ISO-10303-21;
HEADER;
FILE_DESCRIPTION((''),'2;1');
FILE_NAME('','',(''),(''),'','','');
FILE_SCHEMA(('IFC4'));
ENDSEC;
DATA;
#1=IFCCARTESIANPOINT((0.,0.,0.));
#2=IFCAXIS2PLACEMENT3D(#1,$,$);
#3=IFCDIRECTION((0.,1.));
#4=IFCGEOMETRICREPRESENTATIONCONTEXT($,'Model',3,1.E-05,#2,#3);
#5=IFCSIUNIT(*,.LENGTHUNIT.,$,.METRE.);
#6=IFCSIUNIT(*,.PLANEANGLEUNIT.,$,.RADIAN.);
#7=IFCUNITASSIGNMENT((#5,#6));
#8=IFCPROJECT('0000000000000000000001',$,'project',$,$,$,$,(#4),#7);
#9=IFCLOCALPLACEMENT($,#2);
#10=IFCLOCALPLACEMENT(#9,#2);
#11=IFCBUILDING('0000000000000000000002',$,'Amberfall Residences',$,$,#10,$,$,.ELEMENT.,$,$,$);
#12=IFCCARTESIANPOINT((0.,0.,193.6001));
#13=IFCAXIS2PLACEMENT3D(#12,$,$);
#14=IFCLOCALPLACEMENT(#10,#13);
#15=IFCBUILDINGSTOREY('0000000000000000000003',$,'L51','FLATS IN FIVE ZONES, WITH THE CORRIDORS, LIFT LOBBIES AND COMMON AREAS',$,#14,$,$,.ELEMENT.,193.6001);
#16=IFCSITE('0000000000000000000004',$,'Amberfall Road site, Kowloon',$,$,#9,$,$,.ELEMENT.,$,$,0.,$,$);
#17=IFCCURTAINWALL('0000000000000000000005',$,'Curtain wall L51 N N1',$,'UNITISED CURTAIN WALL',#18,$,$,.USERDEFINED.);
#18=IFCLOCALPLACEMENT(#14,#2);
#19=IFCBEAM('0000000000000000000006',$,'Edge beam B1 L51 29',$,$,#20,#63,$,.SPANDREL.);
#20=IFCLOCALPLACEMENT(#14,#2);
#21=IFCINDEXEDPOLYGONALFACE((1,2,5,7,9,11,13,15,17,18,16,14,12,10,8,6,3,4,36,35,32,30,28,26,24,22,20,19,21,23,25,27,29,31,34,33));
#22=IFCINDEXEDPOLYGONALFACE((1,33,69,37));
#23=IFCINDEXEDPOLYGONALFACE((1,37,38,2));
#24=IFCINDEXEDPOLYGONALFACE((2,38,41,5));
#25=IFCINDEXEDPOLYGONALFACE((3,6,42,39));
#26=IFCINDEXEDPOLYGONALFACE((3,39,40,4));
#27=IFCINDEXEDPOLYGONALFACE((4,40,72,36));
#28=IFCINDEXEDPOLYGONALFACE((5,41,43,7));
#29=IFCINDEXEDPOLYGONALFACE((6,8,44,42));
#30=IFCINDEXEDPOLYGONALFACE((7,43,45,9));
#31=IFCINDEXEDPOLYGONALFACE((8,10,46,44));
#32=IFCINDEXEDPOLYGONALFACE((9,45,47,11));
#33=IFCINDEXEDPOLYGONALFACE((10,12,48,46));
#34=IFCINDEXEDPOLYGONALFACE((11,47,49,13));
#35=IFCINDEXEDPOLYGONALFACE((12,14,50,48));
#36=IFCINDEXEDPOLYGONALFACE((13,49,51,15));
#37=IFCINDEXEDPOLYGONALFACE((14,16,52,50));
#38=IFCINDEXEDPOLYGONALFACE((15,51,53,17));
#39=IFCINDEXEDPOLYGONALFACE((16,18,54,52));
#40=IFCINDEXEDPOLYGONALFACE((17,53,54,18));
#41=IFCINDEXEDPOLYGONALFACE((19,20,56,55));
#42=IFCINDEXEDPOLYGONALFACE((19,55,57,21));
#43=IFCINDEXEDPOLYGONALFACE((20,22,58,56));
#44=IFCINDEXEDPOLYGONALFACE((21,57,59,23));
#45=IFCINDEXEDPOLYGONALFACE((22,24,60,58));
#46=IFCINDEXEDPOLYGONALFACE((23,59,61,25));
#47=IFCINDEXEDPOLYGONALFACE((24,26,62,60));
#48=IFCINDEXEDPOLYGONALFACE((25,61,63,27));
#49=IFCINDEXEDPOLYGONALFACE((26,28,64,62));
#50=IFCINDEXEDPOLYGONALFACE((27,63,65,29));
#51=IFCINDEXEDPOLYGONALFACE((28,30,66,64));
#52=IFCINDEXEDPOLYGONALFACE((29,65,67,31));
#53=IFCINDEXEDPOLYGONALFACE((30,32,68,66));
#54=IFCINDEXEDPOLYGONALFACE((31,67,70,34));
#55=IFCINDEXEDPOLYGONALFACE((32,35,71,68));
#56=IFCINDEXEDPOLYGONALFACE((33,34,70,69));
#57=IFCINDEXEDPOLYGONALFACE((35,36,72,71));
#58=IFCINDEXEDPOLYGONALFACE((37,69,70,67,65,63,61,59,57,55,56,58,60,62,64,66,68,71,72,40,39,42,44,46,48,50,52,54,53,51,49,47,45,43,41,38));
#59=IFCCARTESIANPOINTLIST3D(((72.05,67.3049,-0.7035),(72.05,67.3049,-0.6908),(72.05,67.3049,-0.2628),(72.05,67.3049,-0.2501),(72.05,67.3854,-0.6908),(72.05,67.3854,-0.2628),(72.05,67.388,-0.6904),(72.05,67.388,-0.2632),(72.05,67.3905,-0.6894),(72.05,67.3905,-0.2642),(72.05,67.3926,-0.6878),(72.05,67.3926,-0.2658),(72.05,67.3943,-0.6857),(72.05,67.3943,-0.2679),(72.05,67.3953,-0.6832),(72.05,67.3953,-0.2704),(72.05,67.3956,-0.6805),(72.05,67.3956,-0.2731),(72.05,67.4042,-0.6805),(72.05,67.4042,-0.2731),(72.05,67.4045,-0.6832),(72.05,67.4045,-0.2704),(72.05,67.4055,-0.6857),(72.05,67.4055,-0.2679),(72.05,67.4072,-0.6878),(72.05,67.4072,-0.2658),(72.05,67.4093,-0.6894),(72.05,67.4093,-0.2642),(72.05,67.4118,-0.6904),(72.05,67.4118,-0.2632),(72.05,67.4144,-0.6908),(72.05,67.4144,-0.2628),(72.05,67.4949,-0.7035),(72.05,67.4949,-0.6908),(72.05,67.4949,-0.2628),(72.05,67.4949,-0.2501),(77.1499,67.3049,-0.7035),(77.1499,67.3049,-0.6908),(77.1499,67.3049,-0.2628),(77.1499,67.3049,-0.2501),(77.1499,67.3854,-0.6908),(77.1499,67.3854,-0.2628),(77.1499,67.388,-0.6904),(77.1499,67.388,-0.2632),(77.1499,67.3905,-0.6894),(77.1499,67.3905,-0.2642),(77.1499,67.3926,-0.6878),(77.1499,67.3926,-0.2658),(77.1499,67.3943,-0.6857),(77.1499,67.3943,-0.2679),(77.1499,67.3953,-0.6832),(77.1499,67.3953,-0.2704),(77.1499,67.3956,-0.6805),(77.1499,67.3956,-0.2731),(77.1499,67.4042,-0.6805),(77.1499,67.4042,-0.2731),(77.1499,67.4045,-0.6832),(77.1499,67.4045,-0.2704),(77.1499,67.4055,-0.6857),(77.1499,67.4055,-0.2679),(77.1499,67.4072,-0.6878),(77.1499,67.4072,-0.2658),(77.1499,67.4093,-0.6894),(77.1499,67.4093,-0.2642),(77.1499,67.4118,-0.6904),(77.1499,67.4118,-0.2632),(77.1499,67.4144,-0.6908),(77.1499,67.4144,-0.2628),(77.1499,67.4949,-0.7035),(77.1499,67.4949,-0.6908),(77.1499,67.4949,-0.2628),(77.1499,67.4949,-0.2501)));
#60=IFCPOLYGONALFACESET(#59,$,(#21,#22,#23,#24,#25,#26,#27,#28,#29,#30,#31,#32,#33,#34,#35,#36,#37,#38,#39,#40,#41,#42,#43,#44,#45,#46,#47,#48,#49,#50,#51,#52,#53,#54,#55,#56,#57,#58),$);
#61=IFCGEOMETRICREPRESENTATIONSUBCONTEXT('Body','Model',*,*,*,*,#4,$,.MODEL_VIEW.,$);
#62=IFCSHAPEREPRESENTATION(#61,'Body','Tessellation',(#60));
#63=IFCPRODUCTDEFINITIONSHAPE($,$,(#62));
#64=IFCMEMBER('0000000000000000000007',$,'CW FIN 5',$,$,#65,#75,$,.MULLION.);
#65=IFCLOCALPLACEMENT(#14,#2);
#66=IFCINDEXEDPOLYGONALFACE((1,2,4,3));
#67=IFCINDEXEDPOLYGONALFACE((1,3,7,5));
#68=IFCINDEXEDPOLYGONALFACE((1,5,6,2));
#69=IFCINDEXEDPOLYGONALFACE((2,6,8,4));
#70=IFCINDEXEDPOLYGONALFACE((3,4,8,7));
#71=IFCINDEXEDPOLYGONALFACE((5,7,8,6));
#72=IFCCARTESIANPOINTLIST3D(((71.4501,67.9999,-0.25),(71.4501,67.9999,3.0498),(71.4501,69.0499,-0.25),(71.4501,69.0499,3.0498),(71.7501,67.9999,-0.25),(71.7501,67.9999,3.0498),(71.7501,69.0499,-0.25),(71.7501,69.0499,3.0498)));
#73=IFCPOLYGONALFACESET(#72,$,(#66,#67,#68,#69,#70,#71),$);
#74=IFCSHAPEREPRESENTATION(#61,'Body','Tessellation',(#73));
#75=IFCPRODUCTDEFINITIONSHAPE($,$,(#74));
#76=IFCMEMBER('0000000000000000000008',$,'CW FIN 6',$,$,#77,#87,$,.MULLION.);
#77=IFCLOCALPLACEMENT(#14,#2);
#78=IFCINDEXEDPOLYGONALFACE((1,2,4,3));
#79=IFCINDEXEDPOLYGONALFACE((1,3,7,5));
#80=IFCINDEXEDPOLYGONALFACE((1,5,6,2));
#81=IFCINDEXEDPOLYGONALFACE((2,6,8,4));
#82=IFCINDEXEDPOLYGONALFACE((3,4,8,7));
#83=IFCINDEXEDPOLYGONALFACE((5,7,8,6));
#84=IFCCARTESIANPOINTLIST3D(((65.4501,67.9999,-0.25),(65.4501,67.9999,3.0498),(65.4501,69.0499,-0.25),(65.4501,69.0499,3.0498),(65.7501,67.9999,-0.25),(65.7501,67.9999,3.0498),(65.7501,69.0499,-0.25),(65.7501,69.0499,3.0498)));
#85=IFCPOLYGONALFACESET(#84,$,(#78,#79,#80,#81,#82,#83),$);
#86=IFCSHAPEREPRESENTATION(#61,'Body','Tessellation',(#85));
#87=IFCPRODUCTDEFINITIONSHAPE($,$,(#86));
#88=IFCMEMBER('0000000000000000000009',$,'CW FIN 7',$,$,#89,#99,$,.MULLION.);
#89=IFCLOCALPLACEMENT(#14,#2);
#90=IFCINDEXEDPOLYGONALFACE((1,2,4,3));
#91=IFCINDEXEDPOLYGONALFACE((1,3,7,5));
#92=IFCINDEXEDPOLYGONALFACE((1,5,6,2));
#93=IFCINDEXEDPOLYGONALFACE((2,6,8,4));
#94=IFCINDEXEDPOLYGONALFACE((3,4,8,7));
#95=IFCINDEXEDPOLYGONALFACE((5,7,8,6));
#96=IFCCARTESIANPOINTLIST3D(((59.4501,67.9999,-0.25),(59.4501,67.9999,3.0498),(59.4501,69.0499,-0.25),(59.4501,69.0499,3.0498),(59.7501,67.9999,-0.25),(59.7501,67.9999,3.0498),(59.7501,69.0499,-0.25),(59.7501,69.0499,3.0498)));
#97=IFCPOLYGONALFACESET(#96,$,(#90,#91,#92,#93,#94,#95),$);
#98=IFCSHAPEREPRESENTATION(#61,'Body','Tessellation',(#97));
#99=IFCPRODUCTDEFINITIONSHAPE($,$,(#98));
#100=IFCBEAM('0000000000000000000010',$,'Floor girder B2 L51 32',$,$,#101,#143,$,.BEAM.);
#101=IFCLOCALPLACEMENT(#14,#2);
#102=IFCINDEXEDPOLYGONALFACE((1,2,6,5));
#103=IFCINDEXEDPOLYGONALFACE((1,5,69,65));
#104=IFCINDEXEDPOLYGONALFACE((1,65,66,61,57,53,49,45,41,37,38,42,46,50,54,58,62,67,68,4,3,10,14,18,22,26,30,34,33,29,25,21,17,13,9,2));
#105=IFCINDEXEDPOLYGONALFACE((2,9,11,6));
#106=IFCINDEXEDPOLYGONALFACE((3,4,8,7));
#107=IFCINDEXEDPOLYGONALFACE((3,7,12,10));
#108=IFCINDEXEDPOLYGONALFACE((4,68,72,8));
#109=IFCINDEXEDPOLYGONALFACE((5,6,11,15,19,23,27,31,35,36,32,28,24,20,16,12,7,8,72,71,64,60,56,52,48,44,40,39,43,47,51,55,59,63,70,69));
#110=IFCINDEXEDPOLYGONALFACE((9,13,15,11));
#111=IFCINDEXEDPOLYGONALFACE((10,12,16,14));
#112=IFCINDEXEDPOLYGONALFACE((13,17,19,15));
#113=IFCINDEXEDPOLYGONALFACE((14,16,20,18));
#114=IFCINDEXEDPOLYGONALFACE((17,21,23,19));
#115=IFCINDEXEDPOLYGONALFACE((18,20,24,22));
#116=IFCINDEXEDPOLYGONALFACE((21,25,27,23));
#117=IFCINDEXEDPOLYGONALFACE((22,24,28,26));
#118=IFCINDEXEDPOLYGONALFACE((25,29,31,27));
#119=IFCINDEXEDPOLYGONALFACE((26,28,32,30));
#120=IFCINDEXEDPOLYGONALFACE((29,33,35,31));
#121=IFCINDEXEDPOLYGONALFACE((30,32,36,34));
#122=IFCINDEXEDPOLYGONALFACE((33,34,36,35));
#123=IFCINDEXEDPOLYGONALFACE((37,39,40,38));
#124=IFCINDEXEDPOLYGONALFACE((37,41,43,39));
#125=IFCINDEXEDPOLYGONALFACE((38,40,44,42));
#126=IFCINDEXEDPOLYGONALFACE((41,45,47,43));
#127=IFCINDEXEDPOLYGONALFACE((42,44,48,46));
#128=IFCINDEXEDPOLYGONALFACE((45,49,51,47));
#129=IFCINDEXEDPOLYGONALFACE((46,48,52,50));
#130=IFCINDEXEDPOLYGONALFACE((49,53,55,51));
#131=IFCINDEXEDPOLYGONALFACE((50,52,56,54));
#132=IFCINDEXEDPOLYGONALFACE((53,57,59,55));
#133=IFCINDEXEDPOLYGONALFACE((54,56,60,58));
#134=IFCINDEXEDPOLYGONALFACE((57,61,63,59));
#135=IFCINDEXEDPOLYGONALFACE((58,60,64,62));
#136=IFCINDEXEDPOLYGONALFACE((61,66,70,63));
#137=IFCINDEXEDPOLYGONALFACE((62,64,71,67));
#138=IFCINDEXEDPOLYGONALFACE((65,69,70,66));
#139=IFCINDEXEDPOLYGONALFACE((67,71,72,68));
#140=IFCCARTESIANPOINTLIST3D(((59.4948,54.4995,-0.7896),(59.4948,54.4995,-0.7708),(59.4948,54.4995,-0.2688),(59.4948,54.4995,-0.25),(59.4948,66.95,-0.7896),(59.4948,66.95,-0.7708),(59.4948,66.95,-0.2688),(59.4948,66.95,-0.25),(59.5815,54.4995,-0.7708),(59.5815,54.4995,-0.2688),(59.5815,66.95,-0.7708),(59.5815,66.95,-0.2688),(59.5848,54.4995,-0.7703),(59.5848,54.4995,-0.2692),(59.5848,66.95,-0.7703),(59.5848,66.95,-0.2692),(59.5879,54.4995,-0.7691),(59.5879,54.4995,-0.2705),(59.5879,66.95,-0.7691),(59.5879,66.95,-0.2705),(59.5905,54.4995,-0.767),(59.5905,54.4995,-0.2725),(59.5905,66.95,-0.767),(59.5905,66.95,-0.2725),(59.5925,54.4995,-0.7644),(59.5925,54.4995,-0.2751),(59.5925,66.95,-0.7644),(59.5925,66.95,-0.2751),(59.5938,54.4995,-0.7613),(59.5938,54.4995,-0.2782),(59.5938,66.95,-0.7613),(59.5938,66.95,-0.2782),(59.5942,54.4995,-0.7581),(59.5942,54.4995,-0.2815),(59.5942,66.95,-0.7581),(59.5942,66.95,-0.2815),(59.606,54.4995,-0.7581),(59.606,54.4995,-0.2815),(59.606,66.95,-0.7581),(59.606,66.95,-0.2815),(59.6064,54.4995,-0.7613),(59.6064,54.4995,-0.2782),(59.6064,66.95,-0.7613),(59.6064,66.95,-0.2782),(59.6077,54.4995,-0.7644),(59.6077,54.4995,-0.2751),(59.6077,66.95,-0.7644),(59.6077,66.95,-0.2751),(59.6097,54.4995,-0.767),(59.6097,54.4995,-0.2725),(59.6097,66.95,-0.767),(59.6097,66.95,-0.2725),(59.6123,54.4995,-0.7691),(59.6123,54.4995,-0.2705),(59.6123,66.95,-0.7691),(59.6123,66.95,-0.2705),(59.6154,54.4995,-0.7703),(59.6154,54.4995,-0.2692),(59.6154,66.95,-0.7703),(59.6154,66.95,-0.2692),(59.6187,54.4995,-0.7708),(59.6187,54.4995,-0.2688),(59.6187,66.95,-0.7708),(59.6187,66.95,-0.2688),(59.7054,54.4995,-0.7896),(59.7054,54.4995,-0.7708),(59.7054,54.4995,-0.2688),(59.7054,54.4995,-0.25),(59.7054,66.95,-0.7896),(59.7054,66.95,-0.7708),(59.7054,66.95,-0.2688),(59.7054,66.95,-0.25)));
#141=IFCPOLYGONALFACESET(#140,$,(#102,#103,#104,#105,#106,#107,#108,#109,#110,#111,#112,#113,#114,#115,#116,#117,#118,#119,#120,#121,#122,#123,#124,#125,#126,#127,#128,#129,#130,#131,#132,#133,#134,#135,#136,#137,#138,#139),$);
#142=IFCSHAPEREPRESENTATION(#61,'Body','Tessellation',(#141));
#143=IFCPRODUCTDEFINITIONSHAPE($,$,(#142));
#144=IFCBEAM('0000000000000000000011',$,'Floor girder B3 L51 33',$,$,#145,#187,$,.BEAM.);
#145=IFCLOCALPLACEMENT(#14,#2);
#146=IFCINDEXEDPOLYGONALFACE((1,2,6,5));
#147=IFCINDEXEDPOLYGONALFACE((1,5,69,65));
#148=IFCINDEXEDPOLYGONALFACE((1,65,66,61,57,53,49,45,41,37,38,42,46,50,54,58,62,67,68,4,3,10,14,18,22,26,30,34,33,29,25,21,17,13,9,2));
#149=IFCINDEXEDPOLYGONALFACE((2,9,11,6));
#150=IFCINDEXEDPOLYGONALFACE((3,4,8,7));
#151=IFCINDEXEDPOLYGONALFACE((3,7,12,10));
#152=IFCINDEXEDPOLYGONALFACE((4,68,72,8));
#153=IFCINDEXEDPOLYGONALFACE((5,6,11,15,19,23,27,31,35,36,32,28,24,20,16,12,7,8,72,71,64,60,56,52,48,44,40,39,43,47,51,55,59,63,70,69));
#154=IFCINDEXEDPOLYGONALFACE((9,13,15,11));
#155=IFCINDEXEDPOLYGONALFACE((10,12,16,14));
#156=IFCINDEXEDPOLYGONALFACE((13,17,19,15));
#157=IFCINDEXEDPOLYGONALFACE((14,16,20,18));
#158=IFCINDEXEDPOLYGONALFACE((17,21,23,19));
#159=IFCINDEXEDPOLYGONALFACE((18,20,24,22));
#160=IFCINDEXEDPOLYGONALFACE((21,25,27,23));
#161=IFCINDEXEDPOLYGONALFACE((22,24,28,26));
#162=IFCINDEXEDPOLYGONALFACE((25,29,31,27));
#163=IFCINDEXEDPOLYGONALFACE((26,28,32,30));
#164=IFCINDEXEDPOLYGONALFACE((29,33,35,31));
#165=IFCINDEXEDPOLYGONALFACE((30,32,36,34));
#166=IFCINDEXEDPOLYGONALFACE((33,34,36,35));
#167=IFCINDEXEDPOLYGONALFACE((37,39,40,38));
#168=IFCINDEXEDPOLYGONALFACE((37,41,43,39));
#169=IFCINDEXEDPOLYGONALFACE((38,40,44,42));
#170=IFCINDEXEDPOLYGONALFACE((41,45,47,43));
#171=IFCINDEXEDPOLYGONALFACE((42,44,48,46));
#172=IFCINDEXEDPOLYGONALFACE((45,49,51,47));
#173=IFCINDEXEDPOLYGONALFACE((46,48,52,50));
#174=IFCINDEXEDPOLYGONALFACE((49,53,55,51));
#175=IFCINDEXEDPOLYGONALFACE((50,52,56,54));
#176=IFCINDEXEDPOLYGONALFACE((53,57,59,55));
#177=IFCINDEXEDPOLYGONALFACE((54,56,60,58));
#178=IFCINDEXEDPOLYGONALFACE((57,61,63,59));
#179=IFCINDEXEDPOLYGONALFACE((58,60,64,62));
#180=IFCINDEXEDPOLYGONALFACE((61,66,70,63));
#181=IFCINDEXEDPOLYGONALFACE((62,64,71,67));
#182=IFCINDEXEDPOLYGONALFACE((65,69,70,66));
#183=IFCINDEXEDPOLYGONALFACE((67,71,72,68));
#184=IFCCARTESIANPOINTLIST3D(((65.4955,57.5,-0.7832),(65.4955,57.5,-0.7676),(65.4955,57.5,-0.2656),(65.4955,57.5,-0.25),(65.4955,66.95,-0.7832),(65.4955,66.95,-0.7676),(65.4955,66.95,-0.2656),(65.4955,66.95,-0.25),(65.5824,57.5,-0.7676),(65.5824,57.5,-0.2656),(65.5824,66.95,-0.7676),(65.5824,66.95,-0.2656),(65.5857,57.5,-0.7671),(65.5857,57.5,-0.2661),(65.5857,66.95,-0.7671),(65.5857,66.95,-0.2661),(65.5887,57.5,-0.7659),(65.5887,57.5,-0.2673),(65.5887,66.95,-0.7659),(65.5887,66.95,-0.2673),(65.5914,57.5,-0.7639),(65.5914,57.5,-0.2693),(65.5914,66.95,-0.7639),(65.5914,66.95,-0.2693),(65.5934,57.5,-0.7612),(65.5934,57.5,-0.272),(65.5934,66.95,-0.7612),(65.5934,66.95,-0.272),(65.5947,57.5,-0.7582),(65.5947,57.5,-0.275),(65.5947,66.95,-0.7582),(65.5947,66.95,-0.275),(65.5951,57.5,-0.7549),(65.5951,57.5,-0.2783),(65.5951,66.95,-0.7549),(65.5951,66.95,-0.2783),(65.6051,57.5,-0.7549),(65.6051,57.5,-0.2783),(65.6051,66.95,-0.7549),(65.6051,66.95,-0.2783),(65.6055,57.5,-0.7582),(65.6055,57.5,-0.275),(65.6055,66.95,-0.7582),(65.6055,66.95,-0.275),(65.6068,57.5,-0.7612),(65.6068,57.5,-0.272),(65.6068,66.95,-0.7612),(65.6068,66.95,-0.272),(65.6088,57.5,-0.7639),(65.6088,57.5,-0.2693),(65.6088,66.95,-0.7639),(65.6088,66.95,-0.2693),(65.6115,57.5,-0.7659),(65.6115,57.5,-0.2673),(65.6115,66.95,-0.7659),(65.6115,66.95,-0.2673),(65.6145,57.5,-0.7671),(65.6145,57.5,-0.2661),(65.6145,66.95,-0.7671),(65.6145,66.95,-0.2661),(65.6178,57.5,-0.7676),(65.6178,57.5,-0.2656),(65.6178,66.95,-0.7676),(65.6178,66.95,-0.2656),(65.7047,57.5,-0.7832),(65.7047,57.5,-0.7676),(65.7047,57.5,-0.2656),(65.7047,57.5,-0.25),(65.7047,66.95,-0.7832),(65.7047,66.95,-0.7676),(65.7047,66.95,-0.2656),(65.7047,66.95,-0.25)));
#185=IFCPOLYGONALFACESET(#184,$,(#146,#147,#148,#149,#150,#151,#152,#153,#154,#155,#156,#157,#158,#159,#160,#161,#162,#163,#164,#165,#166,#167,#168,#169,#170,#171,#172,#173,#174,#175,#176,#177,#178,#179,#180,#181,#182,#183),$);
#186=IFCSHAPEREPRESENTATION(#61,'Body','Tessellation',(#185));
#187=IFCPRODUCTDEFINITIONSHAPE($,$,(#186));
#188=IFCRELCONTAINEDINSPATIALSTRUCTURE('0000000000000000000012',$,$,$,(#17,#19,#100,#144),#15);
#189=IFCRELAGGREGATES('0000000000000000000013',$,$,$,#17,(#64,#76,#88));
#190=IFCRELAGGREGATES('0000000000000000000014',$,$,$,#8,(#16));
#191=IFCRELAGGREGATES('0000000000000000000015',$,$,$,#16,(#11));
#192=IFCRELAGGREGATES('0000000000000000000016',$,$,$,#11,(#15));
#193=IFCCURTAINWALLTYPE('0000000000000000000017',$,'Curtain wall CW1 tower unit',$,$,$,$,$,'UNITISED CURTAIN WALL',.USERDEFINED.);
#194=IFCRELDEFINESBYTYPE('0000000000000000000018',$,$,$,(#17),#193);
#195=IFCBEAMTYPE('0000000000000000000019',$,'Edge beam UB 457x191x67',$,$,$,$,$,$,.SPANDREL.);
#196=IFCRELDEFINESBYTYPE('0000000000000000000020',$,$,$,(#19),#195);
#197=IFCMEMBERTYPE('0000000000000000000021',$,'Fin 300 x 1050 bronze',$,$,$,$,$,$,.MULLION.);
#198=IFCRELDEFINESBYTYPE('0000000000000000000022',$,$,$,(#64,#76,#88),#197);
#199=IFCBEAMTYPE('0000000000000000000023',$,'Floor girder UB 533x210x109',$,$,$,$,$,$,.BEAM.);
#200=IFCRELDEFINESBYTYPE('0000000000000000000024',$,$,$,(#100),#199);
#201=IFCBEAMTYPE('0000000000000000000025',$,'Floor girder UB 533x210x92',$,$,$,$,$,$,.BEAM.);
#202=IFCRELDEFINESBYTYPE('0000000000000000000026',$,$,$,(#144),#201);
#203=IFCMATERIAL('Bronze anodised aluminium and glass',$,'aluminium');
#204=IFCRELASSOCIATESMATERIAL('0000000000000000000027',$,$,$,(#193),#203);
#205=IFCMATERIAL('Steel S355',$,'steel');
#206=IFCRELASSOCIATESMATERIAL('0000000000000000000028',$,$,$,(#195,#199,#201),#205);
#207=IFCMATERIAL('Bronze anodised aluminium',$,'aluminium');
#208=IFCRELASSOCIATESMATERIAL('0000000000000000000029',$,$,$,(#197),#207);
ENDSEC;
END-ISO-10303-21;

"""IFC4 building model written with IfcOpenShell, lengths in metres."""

from ifc_helpers import new_model, si_unit, direction, frame, origin, origin_2d, place, context, subcontext, project, spatial, rectangle, i_section, extrude, material, material_profile, profile_set, type_object, element, aggregate, save


model = new_model("IFC4")

# Units and contexts
model_context = context("Model", 3, precision=1e-05, world=origin(), true_north=direction((0.0, 1.0)))
body_context = subcontext(model_context, "Body", "Model", "MODEL_VIEW")
ifc_project = project(units=[si_unit("LENGTHUNIT", "METRE"), si_unit("PLANEANGLEUNIT", "RADIAN")], contexts=[model_context])

# Site, building, storey
site_placement = place(None, origin())
site = spatial("IfcSite", under=ifc_project, at=site_placement, Name="Amberfall Road site, Kowloon", CompositionType="ELEMENT", RefElevation=0.0)
building_placement = place(site_placement, origin())
building = spatial("IfcBuilding", under=site, at=building_placement, Name="Amberfall Residences", CompositionType="ELEMENT")
storey_placement = place(building_placement, frame((0.0, 0.0, 193.6001)))
storey = spatial("IfcBuildingStorey", under=building, at=storey_placement, Name="L51", Description="FLATS IN FIVE ZONES, WITH THE CORRIDORS, LIFT LOBBIES AND COMMON AREAS", CompositionType="ELEMENT", Elevation=193.6001)

# Curtain wall
ifc_material_1 = material(Name="Bronze anodised aluminium and glass", Category="aluminium")
curtain_wall_type = type_object("IfcCurtainWallType", Name="Curtain wall CW1 tower unit", ElementType="UNITISED CURTAIN WALL", PredefinedType="USERDEFINED", material=ifc_material_1)
curtain_wall_placement = place(storey_placement, origin())
curtain_wall = element("IfcCurtainWall", 1, at=curtain_wall_placement, inside=storey, type_object=curtain_wall_type, Name="Curtain wall L51 N N1", ObjectType="UNITISED CURTAIN WALL", PredefinedType="USERDEFINED")
ifc_material_2 = material(Name="Bronze anodised aluminium", Category="aluminium")

# Beam
ifc_material_3 = material(Name="Steel S355", Category="steel")
ifc_material_profile_1 = material_profile(ifc_material_3, i_section(OverallWidth=0.1899, OverallDepth=0.4534, WebThickness=0.0085, FlangeThickness=0.0127, FilletRadius=0.0103, at=origin_2d()), Name="UB 457x191x67")
ifc_profile_set_1 = profile_set([ifc_material_profile_1], Name="Steel S355")
beam_type_1 = type_object("IfcBeamType", Name="Edge beam UB 457x191x67", PredefinedType="SPANDREL", material=ifc_profile_set_1)
for number, where, z_axis, x_axis, name in (
    (2, (72.05, 67.3999, -0.4768), (1.0, 0.0, 0.0), (0.0, 1.0, 0.0), "Edge beam B1 L51 29"),
):
    element("IfcBeam", number, at=place(storey_placement, frame(where, z_axis=z_axis, x_axis=x_axis)), inside=storey, type_object=beam_type_1, Name=name, PredefinedType="SPANDREL", context=body_context, shape_type="SweptSolid", body=[
        extrude(i_section(OverallWidth=0.1899, OverallDepth=0.4534, WebThickness=0.0085, FlangeThickness=0.0127, FilletRadius=0.0103, at=origin_2d()), origin(), (0.0, 0.0, 1.0), 5.0999),
    ])

# Members
ifc_material_profile_2 = material_profile(ifc_material_2, rectangle(XDim=1.05, YDim=0.3, at=origin_2d()), Name="Fin 300 x 1050 bronze")
ifc_profile_set_2 = profile_set([ifc_material_profile_2], Name="Bronze anodised aluminium")
member_type_1 = type_object("IfcMemberType", Name="Fin 300 x 1050 bronze", PredefinedType="MULLION", material=ifc_profile_set_2)
member_1_placement = place(storey_placement, frame((71.6001, 68.5249, -0.25), z_axis=(0.0, 0.0, 1.0), x_axis=(0.0, -1.0, 0.0)))
member_1 = element("IfcMember", 3, at=member_1_placement, type_object=member_type_1, Name="CW FIN 5", PredefinedType="MULLION", context=body_context, shape_type="SweptSolid", body=[
    extrude(rectangle(XDim=1.05, YDim=0.3, at=origin_2d()), origin(), (0.0, 0.0, 1.0), 3.2998),
])
member_2_placement = place(storey_placement, frame((65.6001, 68.5249, -0.25), z_axis=(0.0, 0.0, 1.0), x_axis=(0.0, -1.0, 0.0)))
member_2 = element("IfcMember", 4, at=member_2_placement, type_object=member_type_1, Name="CW FIN 6", PredefinedType="MULLION", context=body_context, shape_type="SweptSolid", body=[
    extrude(rectangle(XDim=1.05, YDim=0.3, at=origin_2d()), origin(), (0.0, 0.0, 1.0), 3.2998),
])
member_3_placement = place(storey_placement, frame((59.6001, 68.5249, -0.25), z_axis=(0.0, 0.0, 1.0), x_axis=(0.0, -1.0, 0.0)))
member_3 = element("IfcMember", 5, at=member_3_placement, type_object=member_type_1, Name="CW FIN 7", PredefinedType="MULLION", context=body_context, shape_type="SweptSolid", body=[
    extrude(rectangle(XDim=1.05, YDim=0.3, at=origin_2d()), origin(), (0.0, 0.0, 1.0), 3.2998),
])

# Beams
ifc_material_profile_3 = material_profile(ifc_material_3, i_section(OverallWidth=0.2107, OverallDepth=0.5396, WebThickness=0.0117, FlangeThickness=0.0188, FilletRadius=0.0127, at=origin_2d()), Name="UB 533x210x109")
ifc_profile_set_3 = profile_set([ifc_material_profile_3], Name="Steel S355")
beam_type_2 = type_object("IfcBeamType", Name="Floor girder UB 533x210x109", PredefinedType="BEAM", material=ifc_profile_set_3)
beam_placement = place(storey_placement, frame((59.6001, 66.95, -0.5198), z_axis=(0.0, -1.0, 0.0), x_axis=(1.0, 0.0, 0.0)))
element("IfcBeam", 6, at=beam_placement, inside=storey, type_object=beam_type_2, Name="Floor girder B2 L51 32", PredefinedType="BEAM", context=body_context, shape_type="SweptSolid", body=[
    extrude(i_section(OverallWidth=0.2107, OverallDepth=0.5396, WebThickness=0.0117, FlangeThickness=0.0188, FilletRadius=0.0127, at=origin_2d()), origin(), (0.0, 0.0, 1.0), 12.4504),
])
ifc_material_profile_4 = material_profile(ifc_material_3, i_section(OverallWidth=0.2092, OverallDepth=0.5332, WebThickness=0.01, FlangeThickness=0.0156, FilletRadius=0.0127, at=origin_2d()), Name="UB 533x210x92")
ifc_profile_set_4 = profile_set([ifc_material_profile_4], Name="Steel S355")
beam_type_3 = type_object("IfcBeamType", Name="Floor girder UB 533x210x92", PredefinedType="BEAM", material=ifc_profile_set_4)
for number, where, z_axis, x_axis, name in (
    (7, (65.6001, 66.95, -0.5166), (0.0, -1.0, 0.0), (1.0, 0.0, 0.0), "Floor girder B3 L51 33"),
):
    element("IfcBeam", number, at=place(storey_placement, frame(where, z_axis=z_axis, x_axis=x_axis)), inside=storey, type_object=beam_type_3, Name=name, PredefinedType="BEAM", context=body_context, shape_type="SweptSolid", body=[
        extrude(i_section(OverallWidth=0.2092, OverallDepth=0.5332, WebThickness=0.01, FlangeThickness=0.0156, FilletRadius=0.0127, at=origin_2d()), origin(), (0.0, 0.0, 1.0), 9.45),
    ])

aggregate(curtain_wall, [member_1, member_2, member_3])

save(model, "model.ifc")
